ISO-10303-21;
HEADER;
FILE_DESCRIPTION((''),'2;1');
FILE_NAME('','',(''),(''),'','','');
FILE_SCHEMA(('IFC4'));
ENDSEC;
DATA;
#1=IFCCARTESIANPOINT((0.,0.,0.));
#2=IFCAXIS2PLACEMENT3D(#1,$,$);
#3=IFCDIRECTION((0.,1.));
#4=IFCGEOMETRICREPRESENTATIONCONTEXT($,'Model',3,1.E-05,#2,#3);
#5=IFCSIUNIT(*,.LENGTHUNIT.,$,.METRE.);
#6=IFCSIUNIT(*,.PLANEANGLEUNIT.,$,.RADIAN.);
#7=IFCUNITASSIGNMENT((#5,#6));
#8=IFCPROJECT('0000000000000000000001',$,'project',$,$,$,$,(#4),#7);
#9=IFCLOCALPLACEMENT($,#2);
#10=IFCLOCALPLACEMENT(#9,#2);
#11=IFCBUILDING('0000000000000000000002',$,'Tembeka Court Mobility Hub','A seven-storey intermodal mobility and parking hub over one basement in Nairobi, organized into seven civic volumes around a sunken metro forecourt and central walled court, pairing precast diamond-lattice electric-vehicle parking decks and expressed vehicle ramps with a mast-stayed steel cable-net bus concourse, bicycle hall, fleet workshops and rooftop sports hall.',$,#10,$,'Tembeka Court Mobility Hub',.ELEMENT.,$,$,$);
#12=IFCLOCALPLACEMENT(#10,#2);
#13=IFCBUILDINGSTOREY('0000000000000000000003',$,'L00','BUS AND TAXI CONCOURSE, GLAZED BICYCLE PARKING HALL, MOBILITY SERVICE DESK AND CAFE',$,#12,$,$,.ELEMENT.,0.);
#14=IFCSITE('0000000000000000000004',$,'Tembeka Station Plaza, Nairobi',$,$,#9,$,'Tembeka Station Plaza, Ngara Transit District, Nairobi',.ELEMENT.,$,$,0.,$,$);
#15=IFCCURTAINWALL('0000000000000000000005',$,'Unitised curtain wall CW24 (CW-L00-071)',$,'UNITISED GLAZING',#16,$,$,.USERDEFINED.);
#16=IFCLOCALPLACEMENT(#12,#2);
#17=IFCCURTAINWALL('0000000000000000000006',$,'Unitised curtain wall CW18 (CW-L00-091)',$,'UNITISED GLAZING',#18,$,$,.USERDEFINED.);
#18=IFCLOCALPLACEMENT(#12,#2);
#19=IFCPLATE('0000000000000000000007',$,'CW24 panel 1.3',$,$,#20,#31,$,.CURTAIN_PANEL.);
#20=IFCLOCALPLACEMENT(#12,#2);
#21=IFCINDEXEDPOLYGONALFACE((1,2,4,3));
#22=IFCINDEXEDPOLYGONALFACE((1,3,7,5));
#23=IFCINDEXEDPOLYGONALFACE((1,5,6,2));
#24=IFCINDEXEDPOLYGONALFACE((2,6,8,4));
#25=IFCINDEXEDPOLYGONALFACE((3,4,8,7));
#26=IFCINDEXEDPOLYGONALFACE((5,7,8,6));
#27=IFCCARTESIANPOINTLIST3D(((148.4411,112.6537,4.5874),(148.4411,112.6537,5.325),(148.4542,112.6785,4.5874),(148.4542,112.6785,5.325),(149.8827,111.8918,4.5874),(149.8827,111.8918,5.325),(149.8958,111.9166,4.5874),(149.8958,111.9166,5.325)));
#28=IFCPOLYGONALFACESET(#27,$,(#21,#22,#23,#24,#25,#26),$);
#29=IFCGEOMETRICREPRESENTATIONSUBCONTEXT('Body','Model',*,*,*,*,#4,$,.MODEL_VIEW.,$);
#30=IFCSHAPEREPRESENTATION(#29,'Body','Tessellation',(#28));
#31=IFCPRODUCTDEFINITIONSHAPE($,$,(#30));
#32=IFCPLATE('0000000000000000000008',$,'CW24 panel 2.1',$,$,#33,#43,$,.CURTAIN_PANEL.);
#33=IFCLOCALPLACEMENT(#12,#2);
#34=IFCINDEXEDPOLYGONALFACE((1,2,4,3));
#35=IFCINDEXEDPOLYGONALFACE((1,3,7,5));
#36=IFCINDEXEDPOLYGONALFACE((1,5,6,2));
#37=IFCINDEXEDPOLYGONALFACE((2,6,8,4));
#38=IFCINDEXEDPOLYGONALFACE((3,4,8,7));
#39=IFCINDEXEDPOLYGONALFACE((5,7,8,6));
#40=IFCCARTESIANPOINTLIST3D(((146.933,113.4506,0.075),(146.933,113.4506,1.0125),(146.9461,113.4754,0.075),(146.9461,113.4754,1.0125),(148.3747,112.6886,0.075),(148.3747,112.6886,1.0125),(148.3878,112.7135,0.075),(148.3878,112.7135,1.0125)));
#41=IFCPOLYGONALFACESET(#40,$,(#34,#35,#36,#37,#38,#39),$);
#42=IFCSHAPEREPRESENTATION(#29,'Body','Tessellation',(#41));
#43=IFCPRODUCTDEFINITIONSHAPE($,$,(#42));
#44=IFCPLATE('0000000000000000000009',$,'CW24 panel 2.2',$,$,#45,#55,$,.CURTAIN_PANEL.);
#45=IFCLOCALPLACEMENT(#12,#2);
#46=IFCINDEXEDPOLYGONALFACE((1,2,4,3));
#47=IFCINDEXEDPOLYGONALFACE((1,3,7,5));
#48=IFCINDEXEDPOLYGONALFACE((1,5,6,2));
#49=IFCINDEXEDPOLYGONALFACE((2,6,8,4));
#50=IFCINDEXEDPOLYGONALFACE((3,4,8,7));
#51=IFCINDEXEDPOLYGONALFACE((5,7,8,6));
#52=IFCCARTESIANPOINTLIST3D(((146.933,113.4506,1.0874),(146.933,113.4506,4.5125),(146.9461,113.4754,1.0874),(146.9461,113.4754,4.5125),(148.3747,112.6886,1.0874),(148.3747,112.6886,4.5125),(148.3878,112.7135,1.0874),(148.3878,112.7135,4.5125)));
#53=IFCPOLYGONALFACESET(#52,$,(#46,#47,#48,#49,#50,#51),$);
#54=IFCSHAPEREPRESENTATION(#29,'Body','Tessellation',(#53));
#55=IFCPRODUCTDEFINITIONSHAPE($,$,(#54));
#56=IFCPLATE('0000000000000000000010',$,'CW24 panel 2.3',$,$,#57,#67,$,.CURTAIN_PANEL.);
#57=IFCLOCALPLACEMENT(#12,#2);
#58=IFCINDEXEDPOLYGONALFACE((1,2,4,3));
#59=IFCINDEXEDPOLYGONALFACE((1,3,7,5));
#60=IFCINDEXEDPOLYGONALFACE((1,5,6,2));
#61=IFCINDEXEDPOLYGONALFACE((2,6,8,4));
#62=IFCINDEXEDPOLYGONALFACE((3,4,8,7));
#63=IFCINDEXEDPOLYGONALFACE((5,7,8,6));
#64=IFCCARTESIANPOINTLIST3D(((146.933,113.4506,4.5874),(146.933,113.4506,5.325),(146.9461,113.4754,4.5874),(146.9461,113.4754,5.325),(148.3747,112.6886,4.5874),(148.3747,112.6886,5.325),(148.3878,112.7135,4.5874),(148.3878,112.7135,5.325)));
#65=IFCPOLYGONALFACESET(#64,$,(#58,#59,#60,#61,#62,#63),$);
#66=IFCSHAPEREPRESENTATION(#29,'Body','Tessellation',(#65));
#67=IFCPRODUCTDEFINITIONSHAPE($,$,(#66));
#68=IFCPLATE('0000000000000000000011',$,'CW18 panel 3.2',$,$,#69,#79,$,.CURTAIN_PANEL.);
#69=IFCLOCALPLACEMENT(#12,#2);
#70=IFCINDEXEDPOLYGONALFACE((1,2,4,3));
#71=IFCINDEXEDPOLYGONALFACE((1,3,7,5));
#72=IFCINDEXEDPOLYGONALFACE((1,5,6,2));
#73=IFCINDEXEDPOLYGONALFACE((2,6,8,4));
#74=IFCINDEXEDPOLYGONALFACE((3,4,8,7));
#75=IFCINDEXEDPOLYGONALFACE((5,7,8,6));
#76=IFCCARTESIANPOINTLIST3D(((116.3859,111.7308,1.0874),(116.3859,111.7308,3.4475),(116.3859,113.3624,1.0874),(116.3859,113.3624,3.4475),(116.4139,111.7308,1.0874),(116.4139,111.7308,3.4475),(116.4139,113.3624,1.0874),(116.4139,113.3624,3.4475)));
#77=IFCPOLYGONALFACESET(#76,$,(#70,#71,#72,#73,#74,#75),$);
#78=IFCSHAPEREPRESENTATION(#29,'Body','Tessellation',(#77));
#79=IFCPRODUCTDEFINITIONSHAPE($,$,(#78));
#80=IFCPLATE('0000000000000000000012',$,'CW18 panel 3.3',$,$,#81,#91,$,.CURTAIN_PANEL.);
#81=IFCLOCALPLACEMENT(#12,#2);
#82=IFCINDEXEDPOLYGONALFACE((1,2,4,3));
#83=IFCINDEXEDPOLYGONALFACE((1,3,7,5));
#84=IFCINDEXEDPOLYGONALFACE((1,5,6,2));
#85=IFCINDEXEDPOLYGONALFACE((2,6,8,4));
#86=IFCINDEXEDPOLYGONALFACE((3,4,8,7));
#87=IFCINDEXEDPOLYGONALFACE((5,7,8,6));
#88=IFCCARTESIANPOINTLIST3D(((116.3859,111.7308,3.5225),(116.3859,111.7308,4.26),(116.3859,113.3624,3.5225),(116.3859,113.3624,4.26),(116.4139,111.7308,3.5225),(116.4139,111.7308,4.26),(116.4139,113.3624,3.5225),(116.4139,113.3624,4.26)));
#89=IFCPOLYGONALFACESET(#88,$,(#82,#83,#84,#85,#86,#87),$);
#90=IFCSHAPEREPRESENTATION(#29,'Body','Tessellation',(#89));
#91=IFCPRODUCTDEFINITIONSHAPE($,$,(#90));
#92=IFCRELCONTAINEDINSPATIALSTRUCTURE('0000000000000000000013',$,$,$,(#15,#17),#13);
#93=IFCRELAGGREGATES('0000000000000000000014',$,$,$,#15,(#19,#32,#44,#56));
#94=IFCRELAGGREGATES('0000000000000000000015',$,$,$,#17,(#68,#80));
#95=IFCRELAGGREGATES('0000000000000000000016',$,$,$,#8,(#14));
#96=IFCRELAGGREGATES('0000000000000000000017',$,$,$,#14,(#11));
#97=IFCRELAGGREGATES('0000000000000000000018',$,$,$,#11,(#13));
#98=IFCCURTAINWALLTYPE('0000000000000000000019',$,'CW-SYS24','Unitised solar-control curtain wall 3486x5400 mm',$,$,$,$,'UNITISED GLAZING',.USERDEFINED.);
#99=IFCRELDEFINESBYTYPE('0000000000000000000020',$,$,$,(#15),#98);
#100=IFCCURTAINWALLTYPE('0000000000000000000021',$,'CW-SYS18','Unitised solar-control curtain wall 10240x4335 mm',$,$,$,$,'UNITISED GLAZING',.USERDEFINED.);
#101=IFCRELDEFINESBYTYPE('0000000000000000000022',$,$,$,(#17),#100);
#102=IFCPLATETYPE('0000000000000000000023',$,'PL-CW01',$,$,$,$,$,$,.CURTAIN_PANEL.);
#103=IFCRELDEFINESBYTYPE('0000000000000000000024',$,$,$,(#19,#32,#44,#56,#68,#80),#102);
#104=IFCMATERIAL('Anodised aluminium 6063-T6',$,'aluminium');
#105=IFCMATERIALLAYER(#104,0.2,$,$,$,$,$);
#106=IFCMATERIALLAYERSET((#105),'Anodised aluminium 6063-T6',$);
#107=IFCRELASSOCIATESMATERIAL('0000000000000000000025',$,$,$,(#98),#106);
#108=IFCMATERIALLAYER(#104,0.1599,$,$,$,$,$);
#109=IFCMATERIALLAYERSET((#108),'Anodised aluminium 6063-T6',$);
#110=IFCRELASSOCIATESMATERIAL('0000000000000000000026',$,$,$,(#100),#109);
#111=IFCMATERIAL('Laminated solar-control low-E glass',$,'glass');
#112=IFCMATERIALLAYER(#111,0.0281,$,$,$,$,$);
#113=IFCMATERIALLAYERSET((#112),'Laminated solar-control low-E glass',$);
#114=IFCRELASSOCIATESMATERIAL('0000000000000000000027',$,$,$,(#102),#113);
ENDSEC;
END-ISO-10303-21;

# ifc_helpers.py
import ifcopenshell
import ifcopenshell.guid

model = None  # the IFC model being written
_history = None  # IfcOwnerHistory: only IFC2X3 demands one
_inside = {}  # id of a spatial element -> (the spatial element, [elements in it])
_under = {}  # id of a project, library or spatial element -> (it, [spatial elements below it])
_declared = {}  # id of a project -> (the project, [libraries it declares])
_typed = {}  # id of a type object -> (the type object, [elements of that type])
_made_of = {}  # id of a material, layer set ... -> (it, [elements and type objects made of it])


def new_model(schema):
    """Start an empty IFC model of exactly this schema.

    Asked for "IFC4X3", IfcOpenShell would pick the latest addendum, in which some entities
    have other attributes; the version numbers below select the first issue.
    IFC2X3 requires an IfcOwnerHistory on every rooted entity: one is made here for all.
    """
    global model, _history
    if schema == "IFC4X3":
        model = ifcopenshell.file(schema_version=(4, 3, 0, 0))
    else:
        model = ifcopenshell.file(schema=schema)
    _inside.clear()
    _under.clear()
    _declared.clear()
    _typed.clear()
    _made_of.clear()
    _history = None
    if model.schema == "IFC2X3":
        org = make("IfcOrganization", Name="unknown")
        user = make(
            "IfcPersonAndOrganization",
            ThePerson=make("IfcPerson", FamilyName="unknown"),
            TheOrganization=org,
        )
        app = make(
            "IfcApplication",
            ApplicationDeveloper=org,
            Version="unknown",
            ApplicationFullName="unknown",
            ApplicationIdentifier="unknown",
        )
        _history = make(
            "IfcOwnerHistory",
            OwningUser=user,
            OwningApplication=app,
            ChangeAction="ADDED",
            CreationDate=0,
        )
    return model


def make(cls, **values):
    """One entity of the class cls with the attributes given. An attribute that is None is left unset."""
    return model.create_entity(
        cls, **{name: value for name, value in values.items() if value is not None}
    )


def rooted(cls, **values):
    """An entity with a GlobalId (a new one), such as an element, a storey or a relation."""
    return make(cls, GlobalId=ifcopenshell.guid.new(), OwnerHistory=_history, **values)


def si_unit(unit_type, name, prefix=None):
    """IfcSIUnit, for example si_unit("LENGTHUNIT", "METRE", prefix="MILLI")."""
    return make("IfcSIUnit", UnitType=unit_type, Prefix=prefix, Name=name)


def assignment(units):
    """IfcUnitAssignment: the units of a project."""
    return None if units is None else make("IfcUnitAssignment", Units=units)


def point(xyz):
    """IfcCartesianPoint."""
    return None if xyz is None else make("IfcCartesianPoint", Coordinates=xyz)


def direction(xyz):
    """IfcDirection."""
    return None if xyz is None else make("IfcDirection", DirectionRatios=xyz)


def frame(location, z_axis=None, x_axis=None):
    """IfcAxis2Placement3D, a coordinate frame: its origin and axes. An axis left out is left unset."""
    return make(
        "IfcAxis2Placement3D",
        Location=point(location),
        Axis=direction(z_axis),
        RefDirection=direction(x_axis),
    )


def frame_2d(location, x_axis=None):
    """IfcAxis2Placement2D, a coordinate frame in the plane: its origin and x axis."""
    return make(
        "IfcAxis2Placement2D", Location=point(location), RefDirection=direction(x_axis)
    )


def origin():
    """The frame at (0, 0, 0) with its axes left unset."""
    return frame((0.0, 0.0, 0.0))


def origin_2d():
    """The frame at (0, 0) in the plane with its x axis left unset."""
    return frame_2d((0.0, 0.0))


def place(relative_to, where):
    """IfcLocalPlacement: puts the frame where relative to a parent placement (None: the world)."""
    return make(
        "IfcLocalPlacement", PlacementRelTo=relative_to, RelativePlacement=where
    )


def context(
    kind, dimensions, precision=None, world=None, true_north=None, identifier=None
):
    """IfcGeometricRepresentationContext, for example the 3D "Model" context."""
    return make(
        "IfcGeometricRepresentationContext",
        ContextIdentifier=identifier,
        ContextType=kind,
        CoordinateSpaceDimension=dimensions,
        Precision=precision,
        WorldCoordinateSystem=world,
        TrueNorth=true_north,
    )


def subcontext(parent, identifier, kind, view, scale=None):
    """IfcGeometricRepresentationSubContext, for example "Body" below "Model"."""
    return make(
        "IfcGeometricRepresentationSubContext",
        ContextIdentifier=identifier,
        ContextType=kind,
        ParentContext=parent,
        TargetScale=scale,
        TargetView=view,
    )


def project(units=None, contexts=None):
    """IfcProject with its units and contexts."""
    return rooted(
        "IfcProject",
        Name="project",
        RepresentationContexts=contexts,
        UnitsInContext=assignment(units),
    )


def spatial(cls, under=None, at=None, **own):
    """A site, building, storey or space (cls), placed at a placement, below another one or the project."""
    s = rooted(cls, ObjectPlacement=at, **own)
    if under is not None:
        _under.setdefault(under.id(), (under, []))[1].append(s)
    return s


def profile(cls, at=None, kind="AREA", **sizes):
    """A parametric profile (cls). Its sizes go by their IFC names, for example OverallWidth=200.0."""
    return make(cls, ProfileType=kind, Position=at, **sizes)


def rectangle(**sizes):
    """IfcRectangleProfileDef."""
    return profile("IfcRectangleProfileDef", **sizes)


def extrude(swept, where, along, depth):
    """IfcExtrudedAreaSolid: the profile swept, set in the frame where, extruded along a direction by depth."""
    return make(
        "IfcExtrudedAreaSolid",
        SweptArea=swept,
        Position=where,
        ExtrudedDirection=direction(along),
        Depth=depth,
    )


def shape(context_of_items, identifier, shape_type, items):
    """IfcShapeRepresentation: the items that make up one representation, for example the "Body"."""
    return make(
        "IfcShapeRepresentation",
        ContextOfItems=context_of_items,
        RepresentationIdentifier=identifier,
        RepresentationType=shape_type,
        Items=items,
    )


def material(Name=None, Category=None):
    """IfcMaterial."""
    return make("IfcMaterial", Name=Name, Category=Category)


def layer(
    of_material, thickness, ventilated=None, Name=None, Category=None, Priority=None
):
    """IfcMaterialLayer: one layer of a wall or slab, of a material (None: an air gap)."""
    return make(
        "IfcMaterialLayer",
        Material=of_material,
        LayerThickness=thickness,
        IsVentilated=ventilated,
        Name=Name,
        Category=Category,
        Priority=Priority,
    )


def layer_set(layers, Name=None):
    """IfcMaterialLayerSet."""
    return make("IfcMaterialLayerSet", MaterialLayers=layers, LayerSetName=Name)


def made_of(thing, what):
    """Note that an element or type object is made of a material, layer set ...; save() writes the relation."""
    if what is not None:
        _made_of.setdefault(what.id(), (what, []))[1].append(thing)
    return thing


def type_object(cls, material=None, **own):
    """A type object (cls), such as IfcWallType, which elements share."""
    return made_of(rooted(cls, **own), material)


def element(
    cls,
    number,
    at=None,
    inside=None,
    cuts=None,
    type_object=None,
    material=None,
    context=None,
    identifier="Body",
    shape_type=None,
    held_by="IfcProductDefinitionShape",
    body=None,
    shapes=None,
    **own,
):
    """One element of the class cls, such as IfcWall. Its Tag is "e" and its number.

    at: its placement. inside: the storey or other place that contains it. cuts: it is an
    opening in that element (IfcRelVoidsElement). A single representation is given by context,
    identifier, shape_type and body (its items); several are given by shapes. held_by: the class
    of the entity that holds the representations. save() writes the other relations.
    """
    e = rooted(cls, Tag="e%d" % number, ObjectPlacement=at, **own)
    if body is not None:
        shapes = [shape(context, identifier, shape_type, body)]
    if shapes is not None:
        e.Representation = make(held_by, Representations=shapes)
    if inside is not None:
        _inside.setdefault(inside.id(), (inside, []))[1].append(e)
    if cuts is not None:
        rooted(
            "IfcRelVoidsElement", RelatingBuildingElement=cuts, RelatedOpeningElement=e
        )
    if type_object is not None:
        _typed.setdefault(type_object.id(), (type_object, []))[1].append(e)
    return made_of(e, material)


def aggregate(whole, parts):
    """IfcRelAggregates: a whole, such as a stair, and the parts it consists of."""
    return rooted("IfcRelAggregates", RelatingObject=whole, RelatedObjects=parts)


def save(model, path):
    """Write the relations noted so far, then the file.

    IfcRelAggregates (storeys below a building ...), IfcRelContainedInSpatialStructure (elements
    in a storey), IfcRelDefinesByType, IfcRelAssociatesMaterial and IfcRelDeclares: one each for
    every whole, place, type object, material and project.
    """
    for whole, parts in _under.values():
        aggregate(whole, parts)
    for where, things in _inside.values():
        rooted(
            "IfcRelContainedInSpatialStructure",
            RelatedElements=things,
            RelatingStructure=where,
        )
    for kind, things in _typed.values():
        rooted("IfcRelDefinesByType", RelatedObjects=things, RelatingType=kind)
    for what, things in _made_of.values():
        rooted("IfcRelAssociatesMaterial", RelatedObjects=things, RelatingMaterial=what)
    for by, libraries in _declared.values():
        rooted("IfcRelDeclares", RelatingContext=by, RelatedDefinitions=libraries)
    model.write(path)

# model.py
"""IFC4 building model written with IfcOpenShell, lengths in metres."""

from ifc_helpers import new_model, si_unit, direction, frame, origin, origin_2d, place, context, subcontext, project, spatial, rectangle, extrude, material, layer, layer_set, type_object, element, aggregate, save


model = new_model("IFC4")

# Units and contexts
model_context = context("Model", 3, precision=1e-05, world=origin(), true_north=direction((0.0, 1.0)))
body_context = subcontext(model_context, "Body", "Model", "MODEL_VIEW")
ifc_project = project(units=[si_unit("LENGTHUNIT", "METRE"), si_unit("PLANEANGLEUNIT", "RADIAN")], contexts=[model_context])

# Site, building, storey
site_placement = place(None, origin())
site = spatial("IfcSite", under=ifc_project, at=site_placement, Name="Tembeka Station Plaza, Nairobi", LongName="Tembeka Station Plaza, Ngara Transit District, Nairobi", CompositionType="ELEMENT", RefElevation=0.0)
building_placement = place(site_placement, origin())
building = spatial("IfcBuilding", under=site, at=building_placement, Name="Tembeka Court Mobility Hub", Description="A seven-storey intermodal mobility and parking hub over one basement in Nairobi, organized into seven civic volumes around a sunken metro forecourt and central walled court, pairing precast diamond-lattice electric-vehicle parking decks and expressed vehicle ramps with a mast-stayed steel cable-net bus concourse, bicycle hall, fleet workshops and rooftop sports hall.", LongName="Tembeka Court Mobility Hub", CompositionType="ELEMENT")
storey_placement = place(building_placement, origin())
storey = spatial("IfcBuildingStorey", under=building, at=storey_placement, Name="L00", Description="BUS AND TAXI CONCOURSE, GLAZED BICYCLE PARKING HALL, MOBILITY SERVICE DESK AND CAFE", CompositionType="ELEMENT", Elevation=0.0)

# Curtain wall
ifc_material_1 = material(Name="Anodised aluminium 6063-T6", Category="aluminium")
ifc_layer_1 = layer(ifc_material_1, 0.2)
ifc_layer_set_1 = layer_set([ifc_layer_1], Name="Anodised aluminium 6063-T6")
curtain_wall_type_1 = type_object("IfcCurtainWallType", Name="CW-SYS24", Description="Unitised solar-control curtain wall 3486x5400 mm", ElementType="UNITISED GLAZING", PredefinedType="USERDEFINED", material=ifc_layer_set_1)
curtain_wall_1_placement = place(storey_placement, origin())
curtain_wall_1 = element("IfcCurtainWall", 1, at=curtain_wall_1_placement, inside=storey, type_object=curtain_wall_type_1, Name="Unitised curtain wall CW24 (CW-L00-071)", ObjectType="UNITISED GLAZING", PredefinedType="USERDEFINED")

# Curtain wall
ifc_layer_2 = layer(ifc_material_1, 0.1599)
ifc_layer_set_2 = layer_set([ifc_layer_2], Name="Anodised aluminium 6063-T6")
curtain_wall_type_2 = type_object("IfcCurtainWallType", Name="CW-SYS18", Description="Unitised solar-control curtain wall 10240x4335 mm", ElementType="UNITISED GLAZING", PredefinedType="USERDEFINED", material=ifc_layer_set_2)
curtain_wall_2_placement = place(storey_placement, origin())
curtain_wall_2 = element("IfcCurtainWall", 2, at=curtain_wall_2_placement, inside=storey, type_object=curtain_wall_type_2, Name="Unitised curtain wall CW18 (CW-L00-091)", ObjectType="UNITISED GLAZING", PredefinedType="USERDEFINED")

# Plates
ifc_material_2 = material(Name="Laminated solar-control low-E glass", Category="glass")
ifc_layer_3 = layer(ifc_material_2, 0.0281)
ifc_layer_set_3 = layer_set([ifc_layer_3], Name="Laminated solar-control low-E glass")
plate_type = type_object("IfcPlateType", Name="PL-CW01", PredefinedType="CURTAIN_PANEL", material=ifc_layer_set_3)
plate_1_placement = place(storey_placement, frame((149.1685, 112.2852, 4.5874), z_axis=(0.0, 0.0, 1.0), x_axis=(-0.884108, 0.467283, 0.0)))
plate_1 = element("IfcPlate", 3, at=plate_1_placement, type_object=plate_type, Name="CW24 panel 1.3", PredefinedType="CURTAIN_PANEL", context=body_context, shape_type="SweptSolid", body=[
    extrude(rectangle(XDim=1.6306, YDim=0.0281, at=origin_2d()), origin(), (0.0, 0.0, 1.0), 0.7375),
])
plate_2_placement = place(storey_placement, frame((147.6604, 113.082, 0.075), z_axis=(0.0, 0.0, 1.0), x_axis=(-0.884108, 0.467283, 0.0)))
plate_2 = element("IfcPlate", 4, at=plate_2_placement, type_object=plate_type, Name="CW24 panel 2.1", PredefinedType="CURTAIN_PANEL", context=body_context, shape_type="SweptSolid", body=[
    extrude(rectangle(XDim=1.6306, YDim=0.0281, at=origin_2d()), origin(), (0.0, 0.0, 1.0), 0.9375),
])
plate_3_placement = place(storey_placement, frame((147.6604, 113.082, 1.0874), z_axis=(0.0, 0.0, 1.0), x_axis=(-0.884108, 0.467283, 0.0)))
plate_3 = element("IfcPlate", 5, at=plate_3_placement, type_object=plate_type, Name="CW24 panel 2.2", PredefinedType="CURTAIN_PANEL", context=body_context, shape_type="SweptSolid", body=[
    extrude(rectangle(XDim=1.6306, YDim=0.0281, at=origin_2d()), origin(), (0.0, 0.0, 1.0), 3.425),
])
plate_4_placement = place(storey_placement, frame((147.6604, 113.082, 4.5874), z_axis=(0.0, 0.0, 1.0), x_axis=(-0.884108, 0.467283, 0.0)))
plate_4 = element("IfcPlate", 6, at=plate_4_placement, type_object=plate_type, Name="CW24 panel 2.3", PredefinedType="CURTAIN_PANEL", context=body_context, shape_type="SweptSolid", body=[
    extrude(rectangle(XDim=1.6306, YDim=0.0281, at=origin_2d()), origin(), (0.0, 0.0, 1.0), 0.7375),
])
aggregate(curtain_wall_1, [plate_1, plate_2, plate_3, plate_4])
plate_5_placement = place(storey_placement, frame((116.3999, 112.5466, 1.0874), z_axis=(0.0, 0.0, 1.0), x_axis=(0.0, 1.0, 0.0)))
plate_5 = element("IfcPlate", 7, at=plate_5_placement, type_object=plate_type, Name="CW18 panel 3.2", PredefinedType="CURTAIN_PANEL", context=body_context, shape_type="SweptSolid", body=[
    extrude(rectangle(XDim=1.6316, YDim=0.0281, at=origin_2d()), origin(), (0.0, 0.0, 1.0), 2.3601),
])
plate_6_placement = place(storey_placement, frame((116.3999, 112.5466, 3.5225), z_axis=(0.0, 0.0, 1.0), x_axis=(0.0, 1.0, 0.0)))
plate_6 = element("IfcPlate", 8, at=plate_6_placement, type_object=plate_type, Name="CW18 panel 3.3", PredefinedType="CURTAIN_PANEL", context=body_context, shape_type="SweptSolid", body=[
    extrude(rectangle(XDim=1.6316, YDim=0.0281, at=origin_2d()), origin(), (0.0, 0.0, 1.0), 0.7375),
])
aggregate(curtain_wall_2, [plate_5, plate_6])

save(model, "model.ifc")
